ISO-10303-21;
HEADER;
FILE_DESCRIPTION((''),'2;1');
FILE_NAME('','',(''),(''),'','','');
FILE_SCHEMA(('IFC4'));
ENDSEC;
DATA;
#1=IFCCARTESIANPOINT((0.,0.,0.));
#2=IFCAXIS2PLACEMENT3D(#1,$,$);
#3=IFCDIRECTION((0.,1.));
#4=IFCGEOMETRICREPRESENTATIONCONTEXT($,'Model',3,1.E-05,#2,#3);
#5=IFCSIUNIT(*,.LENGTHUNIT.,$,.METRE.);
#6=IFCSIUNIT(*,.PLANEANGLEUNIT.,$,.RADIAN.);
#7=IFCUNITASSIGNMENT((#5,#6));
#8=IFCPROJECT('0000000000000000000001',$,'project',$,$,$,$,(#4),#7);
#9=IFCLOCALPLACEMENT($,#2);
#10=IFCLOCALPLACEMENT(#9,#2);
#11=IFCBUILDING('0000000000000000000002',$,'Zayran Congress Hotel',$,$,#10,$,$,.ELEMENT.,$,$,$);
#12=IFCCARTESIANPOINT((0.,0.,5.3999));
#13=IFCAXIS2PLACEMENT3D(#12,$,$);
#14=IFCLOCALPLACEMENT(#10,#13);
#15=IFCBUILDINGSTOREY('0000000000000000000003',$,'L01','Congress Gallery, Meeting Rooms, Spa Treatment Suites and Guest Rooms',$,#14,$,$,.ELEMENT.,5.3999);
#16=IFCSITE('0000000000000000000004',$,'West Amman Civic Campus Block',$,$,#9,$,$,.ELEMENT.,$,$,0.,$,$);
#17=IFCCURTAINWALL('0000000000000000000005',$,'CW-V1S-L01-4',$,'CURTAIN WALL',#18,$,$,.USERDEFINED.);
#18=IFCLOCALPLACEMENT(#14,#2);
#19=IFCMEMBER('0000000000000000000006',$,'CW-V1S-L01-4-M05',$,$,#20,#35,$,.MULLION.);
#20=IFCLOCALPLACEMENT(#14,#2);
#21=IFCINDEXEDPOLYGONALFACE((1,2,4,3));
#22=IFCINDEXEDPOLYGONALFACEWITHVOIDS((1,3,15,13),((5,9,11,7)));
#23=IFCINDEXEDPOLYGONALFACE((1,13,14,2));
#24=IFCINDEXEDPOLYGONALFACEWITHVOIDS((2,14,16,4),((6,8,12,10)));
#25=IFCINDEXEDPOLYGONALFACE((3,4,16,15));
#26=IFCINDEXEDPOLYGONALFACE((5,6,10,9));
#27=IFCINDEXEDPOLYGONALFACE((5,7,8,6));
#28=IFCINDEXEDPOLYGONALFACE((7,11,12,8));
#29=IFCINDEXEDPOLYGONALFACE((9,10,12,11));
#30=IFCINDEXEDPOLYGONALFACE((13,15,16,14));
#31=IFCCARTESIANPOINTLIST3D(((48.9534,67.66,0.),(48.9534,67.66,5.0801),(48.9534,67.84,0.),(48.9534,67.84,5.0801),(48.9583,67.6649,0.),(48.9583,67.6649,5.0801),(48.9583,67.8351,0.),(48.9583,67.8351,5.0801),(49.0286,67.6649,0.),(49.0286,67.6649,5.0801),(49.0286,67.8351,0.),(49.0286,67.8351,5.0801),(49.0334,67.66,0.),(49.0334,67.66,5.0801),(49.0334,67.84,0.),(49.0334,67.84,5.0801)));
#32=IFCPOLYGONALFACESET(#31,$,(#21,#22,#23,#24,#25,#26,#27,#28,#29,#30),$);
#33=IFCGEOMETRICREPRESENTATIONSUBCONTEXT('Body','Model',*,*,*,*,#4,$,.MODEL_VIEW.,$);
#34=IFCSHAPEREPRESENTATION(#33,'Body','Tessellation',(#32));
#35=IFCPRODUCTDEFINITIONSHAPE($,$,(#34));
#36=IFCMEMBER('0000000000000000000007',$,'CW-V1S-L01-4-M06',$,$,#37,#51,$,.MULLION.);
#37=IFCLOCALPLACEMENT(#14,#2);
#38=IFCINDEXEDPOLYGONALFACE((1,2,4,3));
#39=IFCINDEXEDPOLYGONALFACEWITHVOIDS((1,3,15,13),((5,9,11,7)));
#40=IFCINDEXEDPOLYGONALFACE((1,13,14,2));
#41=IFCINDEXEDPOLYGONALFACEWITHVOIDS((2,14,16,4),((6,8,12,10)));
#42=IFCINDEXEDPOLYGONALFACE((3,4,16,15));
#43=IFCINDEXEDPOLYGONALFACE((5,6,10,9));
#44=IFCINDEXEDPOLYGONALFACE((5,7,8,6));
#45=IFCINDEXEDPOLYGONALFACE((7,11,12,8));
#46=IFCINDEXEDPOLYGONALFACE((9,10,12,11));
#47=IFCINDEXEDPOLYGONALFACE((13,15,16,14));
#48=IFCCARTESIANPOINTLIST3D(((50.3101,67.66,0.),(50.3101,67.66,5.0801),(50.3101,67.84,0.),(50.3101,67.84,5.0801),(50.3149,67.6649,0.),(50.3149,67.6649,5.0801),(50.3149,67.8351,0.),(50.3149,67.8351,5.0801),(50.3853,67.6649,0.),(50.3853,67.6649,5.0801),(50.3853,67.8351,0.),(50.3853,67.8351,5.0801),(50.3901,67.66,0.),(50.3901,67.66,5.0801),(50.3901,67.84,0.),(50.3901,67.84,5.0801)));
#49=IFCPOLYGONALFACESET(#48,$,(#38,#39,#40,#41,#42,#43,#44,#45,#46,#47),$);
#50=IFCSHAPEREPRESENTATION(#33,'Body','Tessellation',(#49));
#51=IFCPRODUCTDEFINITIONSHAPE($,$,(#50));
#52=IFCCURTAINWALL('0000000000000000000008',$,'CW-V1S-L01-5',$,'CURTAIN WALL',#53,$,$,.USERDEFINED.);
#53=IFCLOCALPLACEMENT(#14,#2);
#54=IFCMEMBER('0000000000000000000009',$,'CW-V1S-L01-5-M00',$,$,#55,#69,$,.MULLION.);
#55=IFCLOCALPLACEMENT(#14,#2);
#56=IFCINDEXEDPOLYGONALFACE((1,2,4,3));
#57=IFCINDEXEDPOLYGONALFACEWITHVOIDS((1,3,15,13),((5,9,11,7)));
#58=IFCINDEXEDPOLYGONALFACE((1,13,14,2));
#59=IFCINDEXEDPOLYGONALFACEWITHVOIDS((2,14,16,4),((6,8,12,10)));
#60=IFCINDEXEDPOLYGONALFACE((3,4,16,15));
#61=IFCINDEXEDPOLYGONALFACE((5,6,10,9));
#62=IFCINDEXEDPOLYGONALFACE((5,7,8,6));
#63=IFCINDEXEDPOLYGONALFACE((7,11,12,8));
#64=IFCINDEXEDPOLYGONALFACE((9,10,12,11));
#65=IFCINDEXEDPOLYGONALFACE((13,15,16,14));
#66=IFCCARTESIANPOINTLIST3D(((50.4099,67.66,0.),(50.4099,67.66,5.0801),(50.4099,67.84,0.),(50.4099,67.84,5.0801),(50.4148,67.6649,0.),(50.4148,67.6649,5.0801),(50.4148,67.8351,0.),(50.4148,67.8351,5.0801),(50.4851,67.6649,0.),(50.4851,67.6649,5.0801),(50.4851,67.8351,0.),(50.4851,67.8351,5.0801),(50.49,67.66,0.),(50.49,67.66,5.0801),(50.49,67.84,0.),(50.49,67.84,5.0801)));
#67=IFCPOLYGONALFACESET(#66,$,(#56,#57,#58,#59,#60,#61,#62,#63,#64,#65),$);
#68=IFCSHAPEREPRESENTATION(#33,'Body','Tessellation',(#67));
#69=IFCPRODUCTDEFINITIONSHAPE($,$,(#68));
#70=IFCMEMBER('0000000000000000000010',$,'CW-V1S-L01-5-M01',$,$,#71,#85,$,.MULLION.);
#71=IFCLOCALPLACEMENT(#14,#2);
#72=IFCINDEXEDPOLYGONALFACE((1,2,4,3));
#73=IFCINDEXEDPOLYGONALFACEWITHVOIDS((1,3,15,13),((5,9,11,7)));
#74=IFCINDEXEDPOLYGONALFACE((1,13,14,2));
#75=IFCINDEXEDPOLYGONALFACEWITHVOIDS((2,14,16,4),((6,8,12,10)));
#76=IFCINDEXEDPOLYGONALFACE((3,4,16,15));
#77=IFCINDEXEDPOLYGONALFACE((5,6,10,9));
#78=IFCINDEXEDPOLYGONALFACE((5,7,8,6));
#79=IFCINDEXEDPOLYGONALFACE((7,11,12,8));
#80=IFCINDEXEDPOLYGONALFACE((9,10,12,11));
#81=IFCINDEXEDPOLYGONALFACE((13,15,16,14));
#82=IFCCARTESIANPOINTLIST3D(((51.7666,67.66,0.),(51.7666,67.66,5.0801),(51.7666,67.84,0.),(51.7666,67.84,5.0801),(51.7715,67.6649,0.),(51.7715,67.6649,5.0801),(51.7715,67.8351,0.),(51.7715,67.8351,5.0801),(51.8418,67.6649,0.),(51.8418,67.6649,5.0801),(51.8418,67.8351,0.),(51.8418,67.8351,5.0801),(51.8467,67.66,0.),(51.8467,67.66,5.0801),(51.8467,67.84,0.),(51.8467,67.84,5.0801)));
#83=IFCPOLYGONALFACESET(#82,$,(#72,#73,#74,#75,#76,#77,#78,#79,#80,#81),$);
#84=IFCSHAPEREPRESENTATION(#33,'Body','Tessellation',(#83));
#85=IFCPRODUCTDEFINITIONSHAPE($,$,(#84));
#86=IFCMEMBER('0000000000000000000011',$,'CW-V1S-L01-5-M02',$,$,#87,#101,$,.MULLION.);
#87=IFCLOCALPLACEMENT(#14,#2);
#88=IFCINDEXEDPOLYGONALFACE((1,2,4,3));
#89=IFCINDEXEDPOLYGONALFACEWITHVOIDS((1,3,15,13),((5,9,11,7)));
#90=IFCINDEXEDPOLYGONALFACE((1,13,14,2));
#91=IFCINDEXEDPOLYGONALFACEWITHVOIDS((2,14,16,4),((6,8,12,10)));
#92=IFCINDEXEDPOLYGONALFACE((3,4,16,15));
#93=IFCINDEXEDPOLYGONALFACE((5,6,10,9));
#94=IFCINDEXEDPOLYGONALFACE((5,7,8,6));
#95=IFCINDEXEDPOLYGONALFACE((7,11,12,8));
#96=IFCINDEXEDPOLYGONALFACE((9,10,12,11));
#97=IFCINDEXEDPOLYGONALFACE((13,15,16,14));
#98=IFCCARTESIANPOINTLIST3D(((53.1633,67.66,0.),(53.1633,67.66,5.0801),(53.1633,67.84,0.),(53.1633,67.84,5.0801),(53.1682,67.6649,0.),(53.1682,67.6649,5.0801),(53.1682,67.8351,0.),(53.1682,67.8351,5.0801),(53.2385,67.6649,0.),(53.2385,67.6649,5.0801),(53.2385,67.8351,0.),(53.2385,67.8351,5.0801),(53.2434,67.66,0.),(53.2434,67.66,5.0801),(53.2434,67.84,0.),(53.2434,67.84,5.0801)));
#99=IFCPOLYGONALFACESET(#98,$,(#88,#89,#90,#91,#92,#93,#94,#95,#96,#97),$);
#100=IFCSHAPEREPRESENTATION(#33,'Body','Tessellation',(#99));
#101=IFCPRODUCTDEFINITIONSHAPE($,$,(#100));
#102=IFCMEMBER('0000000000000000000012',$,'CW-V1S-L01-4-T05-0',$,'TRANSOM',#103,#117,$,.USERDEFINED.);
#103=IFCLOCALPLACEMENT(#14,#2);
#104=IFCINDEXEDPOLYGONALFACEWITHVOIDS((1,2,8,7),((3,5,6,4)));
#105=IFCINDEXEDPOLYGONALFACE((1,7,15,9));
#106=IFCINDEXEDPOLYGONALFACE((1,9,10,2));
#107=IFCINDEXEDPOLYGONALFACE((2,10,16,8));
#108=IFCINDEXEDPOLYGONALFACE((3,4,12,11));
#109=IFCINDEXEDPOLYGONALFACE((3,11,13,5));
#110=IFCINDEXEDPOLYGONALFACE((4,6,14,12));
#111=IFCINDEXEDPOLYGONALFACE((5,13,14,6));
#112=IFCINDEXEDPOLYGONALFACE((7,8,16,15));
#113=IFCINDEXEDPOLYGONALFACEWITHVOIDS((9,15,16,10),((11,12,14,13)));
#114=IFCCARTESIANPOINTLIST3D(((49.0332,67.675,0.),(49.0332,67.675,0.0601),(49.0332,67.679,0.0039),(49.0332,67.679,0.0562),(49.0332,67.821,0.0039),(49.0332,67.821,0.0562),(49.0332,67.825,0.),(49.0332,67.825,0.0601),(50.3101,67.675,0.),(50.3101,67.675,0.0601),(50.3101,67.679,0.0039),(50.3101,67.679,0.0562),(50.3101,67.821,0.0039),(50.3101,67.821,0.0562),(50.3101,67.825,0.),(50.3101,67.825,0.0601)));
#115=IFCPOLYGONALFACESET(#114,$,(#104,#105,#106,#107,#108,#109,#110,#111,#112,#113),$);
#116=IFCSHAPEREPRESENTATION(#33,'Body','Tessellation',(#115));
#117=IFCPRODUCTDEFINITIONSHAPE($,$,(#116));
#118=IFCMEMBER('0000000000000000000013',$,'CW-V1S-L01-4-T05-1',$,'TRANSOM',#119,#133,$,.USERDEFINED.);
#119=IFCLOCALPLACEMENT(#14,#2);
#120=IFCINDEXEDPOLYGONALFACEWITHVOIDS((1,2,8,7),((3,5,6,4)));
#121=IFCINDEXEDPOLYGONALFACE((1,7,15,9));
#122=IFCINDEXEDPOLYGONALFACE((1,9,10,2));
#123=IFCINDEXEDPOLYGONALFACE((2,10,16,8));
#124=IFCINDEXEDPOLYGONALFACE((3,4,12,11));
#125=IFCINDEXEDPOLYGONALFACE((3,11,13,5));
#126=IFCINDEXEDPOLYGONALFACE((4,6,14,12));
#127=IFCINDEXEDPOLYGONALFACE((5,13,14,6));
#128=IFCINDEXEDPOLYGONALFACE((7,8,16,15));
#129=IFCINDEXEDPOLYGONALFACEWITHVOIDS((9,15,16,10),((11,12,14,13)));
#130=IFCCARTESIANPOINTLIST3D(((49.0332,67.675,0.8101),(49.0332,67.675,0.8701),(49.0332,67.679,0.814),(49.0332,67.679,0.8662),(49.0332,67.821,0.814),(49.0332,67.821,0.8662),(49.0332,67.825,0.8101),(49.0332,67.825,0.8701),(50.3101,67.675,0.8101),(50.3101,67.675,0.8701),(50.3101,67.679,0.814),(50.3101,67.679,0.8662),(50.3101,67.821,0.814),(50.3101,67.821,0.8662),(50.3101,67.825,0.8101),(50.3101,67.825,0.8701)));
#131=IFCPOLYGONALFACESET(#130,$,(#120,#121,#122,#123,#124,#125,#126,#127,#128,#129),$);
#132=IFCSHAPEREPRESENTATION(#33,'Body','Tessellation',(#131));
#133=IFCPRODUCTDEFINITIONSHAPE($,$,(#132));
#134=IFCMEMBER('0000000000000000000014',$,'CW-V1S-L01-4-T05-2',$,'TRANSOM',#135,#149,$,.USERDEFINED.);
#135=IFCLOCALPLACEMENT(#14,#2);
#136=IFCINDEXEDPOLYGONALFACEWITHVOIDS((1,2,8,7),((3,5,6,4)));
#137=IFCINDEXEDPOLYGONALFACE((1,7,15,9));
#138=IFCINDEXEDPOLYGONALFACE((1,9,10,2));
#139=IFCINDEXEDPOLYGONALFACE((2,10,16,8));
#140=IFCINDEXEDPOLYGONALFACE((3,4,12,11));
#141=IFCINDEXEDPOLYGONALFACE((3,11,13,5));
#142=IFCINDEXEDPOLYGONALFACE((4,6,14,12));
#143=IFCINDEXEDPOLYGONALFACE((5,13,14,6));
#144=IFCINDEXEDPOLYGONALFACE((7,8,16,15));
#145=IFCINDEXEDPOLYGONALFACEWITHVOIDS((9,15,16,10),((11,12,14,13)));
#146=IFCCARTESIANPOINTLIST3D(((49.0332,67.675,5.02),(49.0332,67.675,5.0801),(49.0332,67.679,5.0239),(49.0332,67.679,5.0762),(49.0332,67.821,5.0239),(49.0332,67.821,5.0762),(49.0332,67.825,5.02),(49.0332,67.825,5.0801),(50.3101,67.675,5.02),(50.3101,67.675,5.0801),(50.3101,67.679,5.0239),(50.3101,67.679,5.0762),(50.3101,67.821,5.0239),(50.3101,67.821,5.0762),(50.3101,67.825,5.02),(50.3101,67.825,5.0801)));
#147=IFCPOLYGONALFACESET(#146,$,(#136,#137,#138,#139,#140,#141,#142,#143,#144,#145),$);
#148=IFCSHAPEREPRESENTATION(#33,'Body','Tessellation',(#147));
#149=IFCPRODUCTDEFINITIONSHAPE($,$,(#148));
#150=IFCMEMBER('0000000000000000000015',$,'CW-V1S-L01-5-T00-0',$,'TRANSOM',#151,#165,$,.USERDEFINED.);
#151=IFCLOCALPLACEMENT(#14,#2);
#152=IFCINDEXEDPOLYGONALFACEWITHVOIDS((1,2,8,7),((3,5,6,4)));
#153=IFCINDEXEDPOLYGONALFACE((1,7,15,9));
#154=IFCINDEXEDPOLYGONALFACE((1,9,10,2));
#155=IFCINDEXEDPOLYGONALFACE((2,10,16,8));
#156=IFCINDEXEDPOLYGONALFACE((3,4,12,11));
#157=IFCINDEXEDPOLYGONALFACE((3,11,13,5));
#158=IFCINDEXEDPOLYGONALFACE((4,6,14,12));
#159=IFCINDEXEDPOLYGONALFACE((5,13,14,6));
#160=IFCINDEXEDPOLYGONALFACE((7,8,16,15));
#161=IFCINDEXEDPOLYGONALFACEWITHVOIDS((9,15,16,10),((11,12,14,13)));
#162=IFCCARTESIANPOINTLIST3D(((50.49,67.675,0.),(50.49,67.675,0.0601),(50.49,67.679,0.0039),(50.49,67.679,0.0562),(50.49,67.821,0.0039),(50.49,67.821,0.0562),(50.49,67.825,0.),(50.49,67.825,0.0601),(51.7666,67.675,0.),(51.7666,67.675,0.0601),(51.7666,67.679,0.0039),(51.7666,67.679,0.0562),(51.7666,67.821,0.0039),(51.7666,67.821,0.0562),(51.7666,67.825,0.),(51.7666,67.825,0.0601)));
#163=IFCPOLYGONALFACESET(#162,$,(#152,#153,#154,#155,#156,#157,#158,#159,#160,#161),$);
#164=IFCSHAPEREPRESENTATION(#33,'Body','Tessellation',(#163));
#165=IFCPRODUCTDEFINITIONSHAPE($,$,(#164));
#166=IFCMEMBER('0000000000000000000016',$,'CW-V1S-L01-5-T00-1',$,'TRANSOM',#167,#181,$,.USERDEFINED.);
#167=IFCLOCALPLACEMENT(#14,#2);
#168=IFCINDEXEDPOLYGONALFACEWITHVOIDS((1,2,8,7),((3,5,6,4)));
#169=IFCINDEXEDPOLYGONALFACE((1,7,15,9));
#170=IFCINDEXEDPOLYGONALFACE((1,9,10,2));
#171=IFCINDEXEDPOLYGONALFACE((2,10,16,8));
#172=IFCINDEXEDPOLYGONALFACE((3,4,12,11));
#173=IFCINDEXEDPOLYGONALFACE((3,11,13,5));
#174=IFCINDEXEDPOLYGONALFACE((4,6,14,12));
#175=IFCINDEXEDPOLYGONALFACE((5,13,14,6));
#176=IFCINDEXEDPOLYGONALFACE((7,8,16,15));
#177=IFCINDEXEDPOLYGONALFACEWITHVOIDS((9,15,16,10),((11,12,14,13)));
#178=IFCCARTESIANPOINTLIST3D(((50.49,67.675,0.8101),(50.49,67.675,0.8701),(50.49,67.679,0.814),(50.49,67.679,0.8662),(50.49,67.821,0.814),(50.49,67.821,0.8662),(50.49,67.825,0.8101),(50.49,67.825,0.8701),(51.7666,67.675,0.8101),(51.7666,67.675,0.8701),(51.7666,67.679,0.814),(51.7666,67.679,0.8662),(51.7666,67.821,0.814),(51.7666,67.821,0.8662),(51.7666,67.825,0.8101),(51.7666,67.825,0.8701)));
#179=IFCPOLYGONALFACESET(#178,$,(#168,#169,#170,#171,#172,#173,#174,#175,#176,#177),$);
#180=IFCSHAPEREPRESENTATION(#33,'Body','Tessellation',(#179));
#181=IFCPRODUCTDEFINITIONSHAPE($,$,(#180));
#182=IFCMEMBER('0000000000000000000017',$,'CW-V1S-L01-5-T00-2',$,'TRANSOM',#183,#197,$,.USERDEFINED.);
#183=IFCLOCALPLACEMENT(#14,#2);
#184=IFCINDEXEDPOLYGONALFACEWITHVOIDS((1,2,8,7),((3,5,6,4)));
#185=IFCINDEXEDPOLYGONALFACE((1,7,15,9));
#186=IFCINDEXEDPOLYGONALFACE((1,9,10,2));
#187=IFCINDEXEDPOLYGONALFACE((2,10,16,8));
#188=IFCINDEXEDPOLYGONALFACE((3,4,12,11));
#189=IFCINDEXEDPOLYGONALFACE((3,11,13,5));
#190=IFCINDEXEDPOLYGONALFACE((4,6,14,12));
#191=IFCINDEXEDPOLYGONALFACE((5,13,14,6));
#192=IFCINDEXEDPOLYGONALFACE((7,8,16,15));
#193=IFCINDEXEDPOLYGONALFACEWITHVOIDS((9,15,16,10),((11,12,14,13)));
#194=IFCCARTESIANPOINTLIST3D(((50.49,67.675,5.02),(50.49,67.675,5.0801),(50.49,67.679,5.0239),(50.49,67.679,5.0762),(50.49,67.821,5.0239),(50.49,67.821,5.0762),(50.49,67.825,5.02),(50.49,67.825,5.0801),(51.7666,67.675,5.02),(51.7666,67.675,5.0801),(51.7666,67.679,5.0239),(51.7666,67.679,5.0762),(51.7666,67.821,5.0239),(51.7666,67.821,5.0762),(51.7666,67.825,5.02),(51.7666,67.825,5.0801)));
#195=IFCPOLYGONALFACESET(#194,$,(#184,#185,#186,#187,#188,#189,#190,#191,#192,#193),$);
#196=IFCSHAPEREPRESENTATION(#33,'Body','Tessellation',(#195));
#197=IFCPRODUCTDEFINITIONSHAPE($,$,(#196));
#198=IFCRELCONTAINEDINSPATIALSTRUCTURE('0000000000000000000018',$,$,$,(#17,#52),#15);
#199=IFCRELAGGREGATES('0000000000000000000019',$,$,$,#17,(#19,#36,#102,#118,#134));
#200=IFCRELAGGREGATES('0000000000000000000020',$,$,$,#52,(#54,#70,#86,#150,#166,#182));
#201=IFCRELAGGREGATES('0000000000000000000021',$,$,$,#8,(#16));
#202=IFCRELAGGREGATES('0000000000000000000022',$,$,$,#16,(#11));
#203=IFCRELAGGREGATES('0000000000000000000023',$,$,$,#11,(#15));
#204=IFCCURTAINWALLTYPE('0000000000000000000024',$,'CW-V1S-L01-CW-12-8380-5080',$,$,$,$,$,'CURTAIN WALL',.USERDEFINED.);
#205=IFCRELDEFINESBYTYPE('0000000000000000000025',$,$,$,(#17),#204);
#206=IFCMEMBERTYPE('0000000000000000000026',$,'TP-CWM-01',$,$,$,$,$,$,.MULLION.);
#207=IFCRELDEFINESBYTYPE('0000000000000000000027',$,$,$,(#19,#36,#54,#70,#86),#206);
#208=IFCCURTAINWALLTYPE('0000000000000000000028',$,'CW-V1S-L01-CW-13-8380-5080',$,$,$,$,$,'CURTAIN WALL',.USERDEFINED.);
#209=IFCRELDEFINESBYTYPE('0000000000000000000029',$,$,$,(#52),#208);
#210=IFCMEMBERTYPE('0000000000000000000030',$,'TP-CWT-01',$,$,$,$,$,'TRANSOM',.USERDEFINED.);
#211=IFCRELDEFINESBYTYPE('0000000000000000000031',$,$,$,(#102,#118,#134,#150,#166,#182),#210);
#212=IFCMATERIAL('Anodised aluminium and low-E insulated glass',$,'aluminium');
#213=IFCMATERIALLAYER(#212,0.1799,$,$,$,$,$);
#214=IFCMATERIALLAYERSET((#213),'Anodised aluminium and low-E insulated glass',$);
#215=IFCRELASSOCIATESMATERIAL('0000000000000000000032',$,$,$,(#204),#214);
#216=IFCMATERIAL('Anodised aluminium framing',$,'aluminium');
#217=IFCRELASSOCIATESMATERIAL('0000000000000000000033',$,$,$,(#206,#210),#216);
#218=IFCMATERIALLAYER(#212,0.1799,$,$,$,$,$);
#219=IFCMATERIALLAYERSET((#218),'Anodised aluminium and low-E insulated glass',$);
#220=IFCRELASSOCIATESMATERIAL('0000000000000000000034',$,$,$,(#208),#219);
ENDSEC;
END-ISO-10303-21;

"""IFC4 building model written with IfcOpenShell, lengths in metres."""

from ifc_helpers import new_model, si_unit, direction, frame, origin, origin_2d, place, context, subcontext, project, spatial, hollow_rectangle, extrude, material, layer, layer_set, material_profile, profile_set, type_object, element, aggregate, save


model = new_model("IFC4")

# Units and contexts
model_context = context("Model", 3, precision=1e-05, world=origin(), true_north=direction((0.0, 1.0)))
body_context = subcontext(model_context, "Body", "Model", "MODEL_VIEW")
ifc_project = project(units=[si_unit("LENGTHUNIT", "METRE"), si_unit("PLANEANGLEUNIT", "RADIAN")], contexts=[model_context])

# Site, building, storey
site_placement = place(None, origin())
site = spatial("IfcSite", under=ifc_project, at=site_placement, Name="West Amman Civic Campus Block", CompositionType="ELEMENT", RefElevation=0.0)
building_placement = place(site_placement, origin())
building = spatial("IfcBuilding", under=site, at=building_placement, Name="Zayran Congress Hotel", CompositionType="ELEMENT")
storey_placement = place(building_placement, frame((0.0, 0.0, 5.3999)))
storey = spatial("IfcBuildingStorey", under=building, at=storey_placement, Name="L01", Description="Congress Gallery, Meeting Rooms, Spa Treatment Suites and Guest Rooms", CompositionType="ELEMENT", Elevation=5.3999)

# Curtain walls, members
ifc_material_1 = material(Name="Anodised aluminium and low-E insulated glass", Category="aluminium")
ifc_layer_1 = layer(ifc_material_1, 0.1799)
ifc_layer_set_1 = layer_set([ifc_layer_1], Name="Anodised aluminium and low-E insulated glass")
curtain_wall_type_1 = type_object("IfcCurtainWallType", Name="CW-V1S-L01-CW-12-8380-5080", ElementType="CURTAIN WALL", PredefinedType="USERDEFINED", material=ifc_layer_set_1)
curtain_wall_1_placement = place(storey_placement, origin())
curtain_wall_1 = element("IfcCurtainWall", 1, at=curtain_wall_1_placement, inside=storey, type_object=curtain_wall_type_1, Name="CW-V1S-L01-4", ObjectType="CURTAIN WALL", PredefinedType="USERDEFINED")
ifc_material_2 = material(Name="Anodised aluminium framing", Category="aluminium")
ifc_material_profile_1 = material_profile(ifc_material_2, hollow_rectangle(XDim=0.0801, YDim=0.1799, WallThickness=0.0049, at=origin_2d()), Name="RHS 180x80x5")
ifc_profile_set_1 = profile_set([ifc_material_profile_1], Name="Anodised aluminium framing")
member_type_1 = type_object("IfcMemberType", Name="TP-CWM-01", PredefinedType="MULLION", material=ifc_profile_set_1)
member_1_placement = place(storey_placement, frame((48.9934, 67.75, 0.0), z_axis=(0.0, 0.0, 1.0), x_axis=(1.0, 0.0, 0.0)))
member_1 = element("IfcMember", 2, at=member_1_placement, type_object=member_type_1, Name="CW-V1S-L01-4-M05", PredefinedType="MULLION", context=body_context, shape_type="SweptSolid", body=[
    extrude(hollow_rectangle(XDim=0.0801, YDim=0.1799, WallThickness=0.0049, at=origin_2d()), origin(), (0.0, 0.0, 1.0), 5.0801),
])
member_2_placement = place(storey_placement, frame((50.3501, 67.75, 0.0), z_axis=(0.0, 0.0, 1.0), x_axis=(1.0, 0.0, 0.0)))
member_2 = element("IfcMember", 3, at=member_2_placement, type_object=member_type_1, Name="CW-V1S-L01-4-M06", PredefinedType="MULLION", context=body_context, shape_type="SweptSolid", body=[
    extrude(hollow_rectangle(XDim=0.0801, YDim=0.1799, WallThickness=0.0049, at=origin_2d()), origin(), (0.0, 0.0, 1.0), 5.0801),
])
ifc_layer_2 = layer(ifc_material_1, 0.1799)
ifc_layer_set_2 = layer_set([ifc_layer_2], Name="Anodised aluminium and low-E insulated glass")
curtain_wall_type_2 = type_object("IfcCurtainWallType", Name="CW-V1S-L01-CW-13-8380-5080", ElementType="CURTAIN WALL", PredefinedType="USERDEFINED", material=ifc_layer_set_2)
curtain_wall_2_placement = place(storey_placement, origin())
curtain_wall_2 = element("IfcCurtainWall", 4, at=curtain_wall_2_placement, inside=storey, type_object=curtain_wall_type_2, Name="CW-V1S-L01-5", ObjectType="CURTAIN WALL", PredefinedType="USERDEFINED")
member_3_placement = place(storey_placement, frame((50.45, 67.75, 0.0), z_axis=(0.0, 0.0, 1.0), x_axis=(1.0, 0.0, 0.0)))
member_3 = element("IfcMember", 5, at=member_3_placement, type_object=member_type_1, Name="CW-V1S-L01-5-M00", PredefinedType="MULLION", context=body_context, shape_type="SweptSolid", body=[
    extrude(hollow_rectangle(XDim=0.0801, YDim=0.1799, WallThickness=0.0049, at=origin_2d()), origin(), (0.0, 0.0, 1.0), 5.0801),
])
member_4_placement = place(storey_placement, frame((51.8066, 67.75, 0.0), z_axis=(0.0, 0.0, 1.0), x_axis=(1.0, 0.0, 0.0)))
member_4 = element("IfcMember", 6, at=member_4_placement, type_object=member_type_1, Name="CW-V1S-L01-5-M01", PredefinedType="MULLION", context=body_context, shape_type="SweptSolid", body=[
    extrude(hollow_rectangle(XDim=0.0801, YDim=0.1799, WallThickness=0.0049, at=origin_2d()), origin(), (0.0, 0.0, 1.0), 5.0801),
])
member_5_placement = place(storey_placement, frame((53.2034, 67.75, 0.0), z_axis=(0.0, 0.0, 1.0), x_axis=(1.0, 0.0, 0.0)))
member_5 = element("IfcMember", 7, at=member_5_placement, type_object=member_type_1, Name="CW-V1S-L01-5-M02", PredefinedType="MULLION", context=body_context, shape_type="SweptSolid", body=[
    extrude(hollow_rectangle(XDim=0.0801, YDim=0.1799, WallThickness=0.0049, at=origin_2d()), origin(), (0.0, 0.0, 1.0), 5.0801),
])

# Members
ifc_material_profile_2 = material_profile(ifc_material_2, hollow_rectangle(XDim=0.0601, YDim=0.1499, WallThickness=0.0039, at=origin_2d()), Name="RHS 150x60x4")
ifc_profile_set_2 = profile_set([ifc_material_profile_2], Name="Anodised aluminium framing")
member_type_2 = type_object("IfcMemberType", Name="TP-CWT-01", ElementType="TRANSOM", PredefinedType="USERDEFINED", material=ifc_profile_set_2)
member_6_placement = place(storey_placement, frame((49.0332, 67.75, 0.03), z_axis=(1.0, 0.0, 0.0), x_axis=(0.0, 0.0, 1.0)))
member_6 = element("IfcMember", 8, at=member_6_placement, type_object=member_type_2, Name="CW-V1S-L01-4-T05-0", ObjectType="TRANSOM", PredefinedType="USERDEFINED", context=body_context, shape_type="SweptSolid", body=[
    extrude(hollow_rectangle(XDim=0.0601, YDim=0.1499, WallThickness=0.0039, at=origin_2d()), origin(), (0.0, 0.0, 1.0), 1.2769),
])
member_7_placement = place(storey_placement, frame((49.0332, 67.75, 0.8401), z_axis=(1.0, 0.0, 0.0), x_axis=(0.0, 0.0, 1.0)))
member_7 = element("IfcMember", 9, at=member_7_placement, type_object=member_type_2, Name="CW-V1S-L01-4-T05-1", ObjectType="TRANSOM", PredefinedType="USERDEFINED", context=body_context, shape_type="SweptSolid", body=[
    extrude(hollow_rectangle(XDim=0.0601, YDim=0.1499, WallThickness=0.0039, at=origin_2d()), origin(), (0.0, 0.0, 1.0), 1.2769),
])
member_8_placement = place(storey_placement, frame((49.0332, 67.75, 5.05), z_axis=(1.0, 0.0, 0.0), x_axis=(0.0, 0.0, 1.0)))
member_8 = element("IfcMember", 10, at=member_8_placement, type_object=member_type_2, Name="CW-V1S-L01-4-T05-2", ObjectType="TRANSOM", PredefinedType="USERDEFINED", context=body_context, shape_type="SweptSolid", body=[
    extrude(hollow_rectangle(XDim=0.0601, YDim=0.1499, WallThickness=0.0039, at=origin_2d()), origin(), (0.0, 0.0, 1.0), 1.2769),
])
member_9_placement = place(storey_placement, frame((50.49, 67.75, 0.03), z_axis=(1.0, 0.0, 0.0), x_axis=(0.0, 0.0, 1.0)))
member_9 = element("IfcMember", 11, at=member_9_placement, type_object=member_type_2, Name="CW-V1S-L01-5-T00-0", ObjectType="TRANSOM", PredefinedType="USERDEFINED", context=body_context, shape_type="SweptSolid", body=[
    extrude(hollow_rectangle(XDim=0.0601, YDim=0.1499, WallThickness=0.0039, at=origin_2d()), origin(), (0.0, 0.0, 1.0), 1.2766),
])
member_10_placement = place(storey_placement, frame((50.49, 67.75, 0.8401), z_axis=(1.0, 0.0, 0.0), x_axis=(0.0, 0.0, 1.0)))
member_10 = element("IfcMember", 12, at=member_10_placement, type_object=member_type_2, Name="CW-V1S-L01-5-T00-1", ObjectType="TRANSOM", PredefinedType="USERDEFINED", context=body_context, shape_type="SweptSolid", body=[
    extrude(hollow_rectangle(XDim=0.0601, YDim=0.1499, WallThickness=0.0039, at=origin_2d()), origin(), (0.0, 0.0, 1.0), 1.2766),
])
member_11_placement = place(storey_placement, frame((50.49, 67.75, 5.05), z_axis=(1.0, 0.0, 0.0), x_axis=(0.0, 0.0, 1.0)))
member_11 = element("IfcMember", 13, at=member_11_placement, type_object=member_type_2, Name="CW-V1S-L01-5-T00-2", ObjectType="TRANSOM", PredefinedType="USERDEFINED", context=body_context, shape_type="SweptSolid", body=[
    extrude(hollow_rectangle(XDim=0.0601, YDim=0.1499, WallThickness=0.0039, at=origin_2d()), origin(), (0.0, 0.0, 1.0), 1.2766),
])

aggregate(curtain_wall_1, [member_1, member_2, member_6, member_7, member_8])
aggregate(curtain_wall_2, [member_3, member_4, member_5, member_9, member_10, member_11])

save(model, "model.ifc")
